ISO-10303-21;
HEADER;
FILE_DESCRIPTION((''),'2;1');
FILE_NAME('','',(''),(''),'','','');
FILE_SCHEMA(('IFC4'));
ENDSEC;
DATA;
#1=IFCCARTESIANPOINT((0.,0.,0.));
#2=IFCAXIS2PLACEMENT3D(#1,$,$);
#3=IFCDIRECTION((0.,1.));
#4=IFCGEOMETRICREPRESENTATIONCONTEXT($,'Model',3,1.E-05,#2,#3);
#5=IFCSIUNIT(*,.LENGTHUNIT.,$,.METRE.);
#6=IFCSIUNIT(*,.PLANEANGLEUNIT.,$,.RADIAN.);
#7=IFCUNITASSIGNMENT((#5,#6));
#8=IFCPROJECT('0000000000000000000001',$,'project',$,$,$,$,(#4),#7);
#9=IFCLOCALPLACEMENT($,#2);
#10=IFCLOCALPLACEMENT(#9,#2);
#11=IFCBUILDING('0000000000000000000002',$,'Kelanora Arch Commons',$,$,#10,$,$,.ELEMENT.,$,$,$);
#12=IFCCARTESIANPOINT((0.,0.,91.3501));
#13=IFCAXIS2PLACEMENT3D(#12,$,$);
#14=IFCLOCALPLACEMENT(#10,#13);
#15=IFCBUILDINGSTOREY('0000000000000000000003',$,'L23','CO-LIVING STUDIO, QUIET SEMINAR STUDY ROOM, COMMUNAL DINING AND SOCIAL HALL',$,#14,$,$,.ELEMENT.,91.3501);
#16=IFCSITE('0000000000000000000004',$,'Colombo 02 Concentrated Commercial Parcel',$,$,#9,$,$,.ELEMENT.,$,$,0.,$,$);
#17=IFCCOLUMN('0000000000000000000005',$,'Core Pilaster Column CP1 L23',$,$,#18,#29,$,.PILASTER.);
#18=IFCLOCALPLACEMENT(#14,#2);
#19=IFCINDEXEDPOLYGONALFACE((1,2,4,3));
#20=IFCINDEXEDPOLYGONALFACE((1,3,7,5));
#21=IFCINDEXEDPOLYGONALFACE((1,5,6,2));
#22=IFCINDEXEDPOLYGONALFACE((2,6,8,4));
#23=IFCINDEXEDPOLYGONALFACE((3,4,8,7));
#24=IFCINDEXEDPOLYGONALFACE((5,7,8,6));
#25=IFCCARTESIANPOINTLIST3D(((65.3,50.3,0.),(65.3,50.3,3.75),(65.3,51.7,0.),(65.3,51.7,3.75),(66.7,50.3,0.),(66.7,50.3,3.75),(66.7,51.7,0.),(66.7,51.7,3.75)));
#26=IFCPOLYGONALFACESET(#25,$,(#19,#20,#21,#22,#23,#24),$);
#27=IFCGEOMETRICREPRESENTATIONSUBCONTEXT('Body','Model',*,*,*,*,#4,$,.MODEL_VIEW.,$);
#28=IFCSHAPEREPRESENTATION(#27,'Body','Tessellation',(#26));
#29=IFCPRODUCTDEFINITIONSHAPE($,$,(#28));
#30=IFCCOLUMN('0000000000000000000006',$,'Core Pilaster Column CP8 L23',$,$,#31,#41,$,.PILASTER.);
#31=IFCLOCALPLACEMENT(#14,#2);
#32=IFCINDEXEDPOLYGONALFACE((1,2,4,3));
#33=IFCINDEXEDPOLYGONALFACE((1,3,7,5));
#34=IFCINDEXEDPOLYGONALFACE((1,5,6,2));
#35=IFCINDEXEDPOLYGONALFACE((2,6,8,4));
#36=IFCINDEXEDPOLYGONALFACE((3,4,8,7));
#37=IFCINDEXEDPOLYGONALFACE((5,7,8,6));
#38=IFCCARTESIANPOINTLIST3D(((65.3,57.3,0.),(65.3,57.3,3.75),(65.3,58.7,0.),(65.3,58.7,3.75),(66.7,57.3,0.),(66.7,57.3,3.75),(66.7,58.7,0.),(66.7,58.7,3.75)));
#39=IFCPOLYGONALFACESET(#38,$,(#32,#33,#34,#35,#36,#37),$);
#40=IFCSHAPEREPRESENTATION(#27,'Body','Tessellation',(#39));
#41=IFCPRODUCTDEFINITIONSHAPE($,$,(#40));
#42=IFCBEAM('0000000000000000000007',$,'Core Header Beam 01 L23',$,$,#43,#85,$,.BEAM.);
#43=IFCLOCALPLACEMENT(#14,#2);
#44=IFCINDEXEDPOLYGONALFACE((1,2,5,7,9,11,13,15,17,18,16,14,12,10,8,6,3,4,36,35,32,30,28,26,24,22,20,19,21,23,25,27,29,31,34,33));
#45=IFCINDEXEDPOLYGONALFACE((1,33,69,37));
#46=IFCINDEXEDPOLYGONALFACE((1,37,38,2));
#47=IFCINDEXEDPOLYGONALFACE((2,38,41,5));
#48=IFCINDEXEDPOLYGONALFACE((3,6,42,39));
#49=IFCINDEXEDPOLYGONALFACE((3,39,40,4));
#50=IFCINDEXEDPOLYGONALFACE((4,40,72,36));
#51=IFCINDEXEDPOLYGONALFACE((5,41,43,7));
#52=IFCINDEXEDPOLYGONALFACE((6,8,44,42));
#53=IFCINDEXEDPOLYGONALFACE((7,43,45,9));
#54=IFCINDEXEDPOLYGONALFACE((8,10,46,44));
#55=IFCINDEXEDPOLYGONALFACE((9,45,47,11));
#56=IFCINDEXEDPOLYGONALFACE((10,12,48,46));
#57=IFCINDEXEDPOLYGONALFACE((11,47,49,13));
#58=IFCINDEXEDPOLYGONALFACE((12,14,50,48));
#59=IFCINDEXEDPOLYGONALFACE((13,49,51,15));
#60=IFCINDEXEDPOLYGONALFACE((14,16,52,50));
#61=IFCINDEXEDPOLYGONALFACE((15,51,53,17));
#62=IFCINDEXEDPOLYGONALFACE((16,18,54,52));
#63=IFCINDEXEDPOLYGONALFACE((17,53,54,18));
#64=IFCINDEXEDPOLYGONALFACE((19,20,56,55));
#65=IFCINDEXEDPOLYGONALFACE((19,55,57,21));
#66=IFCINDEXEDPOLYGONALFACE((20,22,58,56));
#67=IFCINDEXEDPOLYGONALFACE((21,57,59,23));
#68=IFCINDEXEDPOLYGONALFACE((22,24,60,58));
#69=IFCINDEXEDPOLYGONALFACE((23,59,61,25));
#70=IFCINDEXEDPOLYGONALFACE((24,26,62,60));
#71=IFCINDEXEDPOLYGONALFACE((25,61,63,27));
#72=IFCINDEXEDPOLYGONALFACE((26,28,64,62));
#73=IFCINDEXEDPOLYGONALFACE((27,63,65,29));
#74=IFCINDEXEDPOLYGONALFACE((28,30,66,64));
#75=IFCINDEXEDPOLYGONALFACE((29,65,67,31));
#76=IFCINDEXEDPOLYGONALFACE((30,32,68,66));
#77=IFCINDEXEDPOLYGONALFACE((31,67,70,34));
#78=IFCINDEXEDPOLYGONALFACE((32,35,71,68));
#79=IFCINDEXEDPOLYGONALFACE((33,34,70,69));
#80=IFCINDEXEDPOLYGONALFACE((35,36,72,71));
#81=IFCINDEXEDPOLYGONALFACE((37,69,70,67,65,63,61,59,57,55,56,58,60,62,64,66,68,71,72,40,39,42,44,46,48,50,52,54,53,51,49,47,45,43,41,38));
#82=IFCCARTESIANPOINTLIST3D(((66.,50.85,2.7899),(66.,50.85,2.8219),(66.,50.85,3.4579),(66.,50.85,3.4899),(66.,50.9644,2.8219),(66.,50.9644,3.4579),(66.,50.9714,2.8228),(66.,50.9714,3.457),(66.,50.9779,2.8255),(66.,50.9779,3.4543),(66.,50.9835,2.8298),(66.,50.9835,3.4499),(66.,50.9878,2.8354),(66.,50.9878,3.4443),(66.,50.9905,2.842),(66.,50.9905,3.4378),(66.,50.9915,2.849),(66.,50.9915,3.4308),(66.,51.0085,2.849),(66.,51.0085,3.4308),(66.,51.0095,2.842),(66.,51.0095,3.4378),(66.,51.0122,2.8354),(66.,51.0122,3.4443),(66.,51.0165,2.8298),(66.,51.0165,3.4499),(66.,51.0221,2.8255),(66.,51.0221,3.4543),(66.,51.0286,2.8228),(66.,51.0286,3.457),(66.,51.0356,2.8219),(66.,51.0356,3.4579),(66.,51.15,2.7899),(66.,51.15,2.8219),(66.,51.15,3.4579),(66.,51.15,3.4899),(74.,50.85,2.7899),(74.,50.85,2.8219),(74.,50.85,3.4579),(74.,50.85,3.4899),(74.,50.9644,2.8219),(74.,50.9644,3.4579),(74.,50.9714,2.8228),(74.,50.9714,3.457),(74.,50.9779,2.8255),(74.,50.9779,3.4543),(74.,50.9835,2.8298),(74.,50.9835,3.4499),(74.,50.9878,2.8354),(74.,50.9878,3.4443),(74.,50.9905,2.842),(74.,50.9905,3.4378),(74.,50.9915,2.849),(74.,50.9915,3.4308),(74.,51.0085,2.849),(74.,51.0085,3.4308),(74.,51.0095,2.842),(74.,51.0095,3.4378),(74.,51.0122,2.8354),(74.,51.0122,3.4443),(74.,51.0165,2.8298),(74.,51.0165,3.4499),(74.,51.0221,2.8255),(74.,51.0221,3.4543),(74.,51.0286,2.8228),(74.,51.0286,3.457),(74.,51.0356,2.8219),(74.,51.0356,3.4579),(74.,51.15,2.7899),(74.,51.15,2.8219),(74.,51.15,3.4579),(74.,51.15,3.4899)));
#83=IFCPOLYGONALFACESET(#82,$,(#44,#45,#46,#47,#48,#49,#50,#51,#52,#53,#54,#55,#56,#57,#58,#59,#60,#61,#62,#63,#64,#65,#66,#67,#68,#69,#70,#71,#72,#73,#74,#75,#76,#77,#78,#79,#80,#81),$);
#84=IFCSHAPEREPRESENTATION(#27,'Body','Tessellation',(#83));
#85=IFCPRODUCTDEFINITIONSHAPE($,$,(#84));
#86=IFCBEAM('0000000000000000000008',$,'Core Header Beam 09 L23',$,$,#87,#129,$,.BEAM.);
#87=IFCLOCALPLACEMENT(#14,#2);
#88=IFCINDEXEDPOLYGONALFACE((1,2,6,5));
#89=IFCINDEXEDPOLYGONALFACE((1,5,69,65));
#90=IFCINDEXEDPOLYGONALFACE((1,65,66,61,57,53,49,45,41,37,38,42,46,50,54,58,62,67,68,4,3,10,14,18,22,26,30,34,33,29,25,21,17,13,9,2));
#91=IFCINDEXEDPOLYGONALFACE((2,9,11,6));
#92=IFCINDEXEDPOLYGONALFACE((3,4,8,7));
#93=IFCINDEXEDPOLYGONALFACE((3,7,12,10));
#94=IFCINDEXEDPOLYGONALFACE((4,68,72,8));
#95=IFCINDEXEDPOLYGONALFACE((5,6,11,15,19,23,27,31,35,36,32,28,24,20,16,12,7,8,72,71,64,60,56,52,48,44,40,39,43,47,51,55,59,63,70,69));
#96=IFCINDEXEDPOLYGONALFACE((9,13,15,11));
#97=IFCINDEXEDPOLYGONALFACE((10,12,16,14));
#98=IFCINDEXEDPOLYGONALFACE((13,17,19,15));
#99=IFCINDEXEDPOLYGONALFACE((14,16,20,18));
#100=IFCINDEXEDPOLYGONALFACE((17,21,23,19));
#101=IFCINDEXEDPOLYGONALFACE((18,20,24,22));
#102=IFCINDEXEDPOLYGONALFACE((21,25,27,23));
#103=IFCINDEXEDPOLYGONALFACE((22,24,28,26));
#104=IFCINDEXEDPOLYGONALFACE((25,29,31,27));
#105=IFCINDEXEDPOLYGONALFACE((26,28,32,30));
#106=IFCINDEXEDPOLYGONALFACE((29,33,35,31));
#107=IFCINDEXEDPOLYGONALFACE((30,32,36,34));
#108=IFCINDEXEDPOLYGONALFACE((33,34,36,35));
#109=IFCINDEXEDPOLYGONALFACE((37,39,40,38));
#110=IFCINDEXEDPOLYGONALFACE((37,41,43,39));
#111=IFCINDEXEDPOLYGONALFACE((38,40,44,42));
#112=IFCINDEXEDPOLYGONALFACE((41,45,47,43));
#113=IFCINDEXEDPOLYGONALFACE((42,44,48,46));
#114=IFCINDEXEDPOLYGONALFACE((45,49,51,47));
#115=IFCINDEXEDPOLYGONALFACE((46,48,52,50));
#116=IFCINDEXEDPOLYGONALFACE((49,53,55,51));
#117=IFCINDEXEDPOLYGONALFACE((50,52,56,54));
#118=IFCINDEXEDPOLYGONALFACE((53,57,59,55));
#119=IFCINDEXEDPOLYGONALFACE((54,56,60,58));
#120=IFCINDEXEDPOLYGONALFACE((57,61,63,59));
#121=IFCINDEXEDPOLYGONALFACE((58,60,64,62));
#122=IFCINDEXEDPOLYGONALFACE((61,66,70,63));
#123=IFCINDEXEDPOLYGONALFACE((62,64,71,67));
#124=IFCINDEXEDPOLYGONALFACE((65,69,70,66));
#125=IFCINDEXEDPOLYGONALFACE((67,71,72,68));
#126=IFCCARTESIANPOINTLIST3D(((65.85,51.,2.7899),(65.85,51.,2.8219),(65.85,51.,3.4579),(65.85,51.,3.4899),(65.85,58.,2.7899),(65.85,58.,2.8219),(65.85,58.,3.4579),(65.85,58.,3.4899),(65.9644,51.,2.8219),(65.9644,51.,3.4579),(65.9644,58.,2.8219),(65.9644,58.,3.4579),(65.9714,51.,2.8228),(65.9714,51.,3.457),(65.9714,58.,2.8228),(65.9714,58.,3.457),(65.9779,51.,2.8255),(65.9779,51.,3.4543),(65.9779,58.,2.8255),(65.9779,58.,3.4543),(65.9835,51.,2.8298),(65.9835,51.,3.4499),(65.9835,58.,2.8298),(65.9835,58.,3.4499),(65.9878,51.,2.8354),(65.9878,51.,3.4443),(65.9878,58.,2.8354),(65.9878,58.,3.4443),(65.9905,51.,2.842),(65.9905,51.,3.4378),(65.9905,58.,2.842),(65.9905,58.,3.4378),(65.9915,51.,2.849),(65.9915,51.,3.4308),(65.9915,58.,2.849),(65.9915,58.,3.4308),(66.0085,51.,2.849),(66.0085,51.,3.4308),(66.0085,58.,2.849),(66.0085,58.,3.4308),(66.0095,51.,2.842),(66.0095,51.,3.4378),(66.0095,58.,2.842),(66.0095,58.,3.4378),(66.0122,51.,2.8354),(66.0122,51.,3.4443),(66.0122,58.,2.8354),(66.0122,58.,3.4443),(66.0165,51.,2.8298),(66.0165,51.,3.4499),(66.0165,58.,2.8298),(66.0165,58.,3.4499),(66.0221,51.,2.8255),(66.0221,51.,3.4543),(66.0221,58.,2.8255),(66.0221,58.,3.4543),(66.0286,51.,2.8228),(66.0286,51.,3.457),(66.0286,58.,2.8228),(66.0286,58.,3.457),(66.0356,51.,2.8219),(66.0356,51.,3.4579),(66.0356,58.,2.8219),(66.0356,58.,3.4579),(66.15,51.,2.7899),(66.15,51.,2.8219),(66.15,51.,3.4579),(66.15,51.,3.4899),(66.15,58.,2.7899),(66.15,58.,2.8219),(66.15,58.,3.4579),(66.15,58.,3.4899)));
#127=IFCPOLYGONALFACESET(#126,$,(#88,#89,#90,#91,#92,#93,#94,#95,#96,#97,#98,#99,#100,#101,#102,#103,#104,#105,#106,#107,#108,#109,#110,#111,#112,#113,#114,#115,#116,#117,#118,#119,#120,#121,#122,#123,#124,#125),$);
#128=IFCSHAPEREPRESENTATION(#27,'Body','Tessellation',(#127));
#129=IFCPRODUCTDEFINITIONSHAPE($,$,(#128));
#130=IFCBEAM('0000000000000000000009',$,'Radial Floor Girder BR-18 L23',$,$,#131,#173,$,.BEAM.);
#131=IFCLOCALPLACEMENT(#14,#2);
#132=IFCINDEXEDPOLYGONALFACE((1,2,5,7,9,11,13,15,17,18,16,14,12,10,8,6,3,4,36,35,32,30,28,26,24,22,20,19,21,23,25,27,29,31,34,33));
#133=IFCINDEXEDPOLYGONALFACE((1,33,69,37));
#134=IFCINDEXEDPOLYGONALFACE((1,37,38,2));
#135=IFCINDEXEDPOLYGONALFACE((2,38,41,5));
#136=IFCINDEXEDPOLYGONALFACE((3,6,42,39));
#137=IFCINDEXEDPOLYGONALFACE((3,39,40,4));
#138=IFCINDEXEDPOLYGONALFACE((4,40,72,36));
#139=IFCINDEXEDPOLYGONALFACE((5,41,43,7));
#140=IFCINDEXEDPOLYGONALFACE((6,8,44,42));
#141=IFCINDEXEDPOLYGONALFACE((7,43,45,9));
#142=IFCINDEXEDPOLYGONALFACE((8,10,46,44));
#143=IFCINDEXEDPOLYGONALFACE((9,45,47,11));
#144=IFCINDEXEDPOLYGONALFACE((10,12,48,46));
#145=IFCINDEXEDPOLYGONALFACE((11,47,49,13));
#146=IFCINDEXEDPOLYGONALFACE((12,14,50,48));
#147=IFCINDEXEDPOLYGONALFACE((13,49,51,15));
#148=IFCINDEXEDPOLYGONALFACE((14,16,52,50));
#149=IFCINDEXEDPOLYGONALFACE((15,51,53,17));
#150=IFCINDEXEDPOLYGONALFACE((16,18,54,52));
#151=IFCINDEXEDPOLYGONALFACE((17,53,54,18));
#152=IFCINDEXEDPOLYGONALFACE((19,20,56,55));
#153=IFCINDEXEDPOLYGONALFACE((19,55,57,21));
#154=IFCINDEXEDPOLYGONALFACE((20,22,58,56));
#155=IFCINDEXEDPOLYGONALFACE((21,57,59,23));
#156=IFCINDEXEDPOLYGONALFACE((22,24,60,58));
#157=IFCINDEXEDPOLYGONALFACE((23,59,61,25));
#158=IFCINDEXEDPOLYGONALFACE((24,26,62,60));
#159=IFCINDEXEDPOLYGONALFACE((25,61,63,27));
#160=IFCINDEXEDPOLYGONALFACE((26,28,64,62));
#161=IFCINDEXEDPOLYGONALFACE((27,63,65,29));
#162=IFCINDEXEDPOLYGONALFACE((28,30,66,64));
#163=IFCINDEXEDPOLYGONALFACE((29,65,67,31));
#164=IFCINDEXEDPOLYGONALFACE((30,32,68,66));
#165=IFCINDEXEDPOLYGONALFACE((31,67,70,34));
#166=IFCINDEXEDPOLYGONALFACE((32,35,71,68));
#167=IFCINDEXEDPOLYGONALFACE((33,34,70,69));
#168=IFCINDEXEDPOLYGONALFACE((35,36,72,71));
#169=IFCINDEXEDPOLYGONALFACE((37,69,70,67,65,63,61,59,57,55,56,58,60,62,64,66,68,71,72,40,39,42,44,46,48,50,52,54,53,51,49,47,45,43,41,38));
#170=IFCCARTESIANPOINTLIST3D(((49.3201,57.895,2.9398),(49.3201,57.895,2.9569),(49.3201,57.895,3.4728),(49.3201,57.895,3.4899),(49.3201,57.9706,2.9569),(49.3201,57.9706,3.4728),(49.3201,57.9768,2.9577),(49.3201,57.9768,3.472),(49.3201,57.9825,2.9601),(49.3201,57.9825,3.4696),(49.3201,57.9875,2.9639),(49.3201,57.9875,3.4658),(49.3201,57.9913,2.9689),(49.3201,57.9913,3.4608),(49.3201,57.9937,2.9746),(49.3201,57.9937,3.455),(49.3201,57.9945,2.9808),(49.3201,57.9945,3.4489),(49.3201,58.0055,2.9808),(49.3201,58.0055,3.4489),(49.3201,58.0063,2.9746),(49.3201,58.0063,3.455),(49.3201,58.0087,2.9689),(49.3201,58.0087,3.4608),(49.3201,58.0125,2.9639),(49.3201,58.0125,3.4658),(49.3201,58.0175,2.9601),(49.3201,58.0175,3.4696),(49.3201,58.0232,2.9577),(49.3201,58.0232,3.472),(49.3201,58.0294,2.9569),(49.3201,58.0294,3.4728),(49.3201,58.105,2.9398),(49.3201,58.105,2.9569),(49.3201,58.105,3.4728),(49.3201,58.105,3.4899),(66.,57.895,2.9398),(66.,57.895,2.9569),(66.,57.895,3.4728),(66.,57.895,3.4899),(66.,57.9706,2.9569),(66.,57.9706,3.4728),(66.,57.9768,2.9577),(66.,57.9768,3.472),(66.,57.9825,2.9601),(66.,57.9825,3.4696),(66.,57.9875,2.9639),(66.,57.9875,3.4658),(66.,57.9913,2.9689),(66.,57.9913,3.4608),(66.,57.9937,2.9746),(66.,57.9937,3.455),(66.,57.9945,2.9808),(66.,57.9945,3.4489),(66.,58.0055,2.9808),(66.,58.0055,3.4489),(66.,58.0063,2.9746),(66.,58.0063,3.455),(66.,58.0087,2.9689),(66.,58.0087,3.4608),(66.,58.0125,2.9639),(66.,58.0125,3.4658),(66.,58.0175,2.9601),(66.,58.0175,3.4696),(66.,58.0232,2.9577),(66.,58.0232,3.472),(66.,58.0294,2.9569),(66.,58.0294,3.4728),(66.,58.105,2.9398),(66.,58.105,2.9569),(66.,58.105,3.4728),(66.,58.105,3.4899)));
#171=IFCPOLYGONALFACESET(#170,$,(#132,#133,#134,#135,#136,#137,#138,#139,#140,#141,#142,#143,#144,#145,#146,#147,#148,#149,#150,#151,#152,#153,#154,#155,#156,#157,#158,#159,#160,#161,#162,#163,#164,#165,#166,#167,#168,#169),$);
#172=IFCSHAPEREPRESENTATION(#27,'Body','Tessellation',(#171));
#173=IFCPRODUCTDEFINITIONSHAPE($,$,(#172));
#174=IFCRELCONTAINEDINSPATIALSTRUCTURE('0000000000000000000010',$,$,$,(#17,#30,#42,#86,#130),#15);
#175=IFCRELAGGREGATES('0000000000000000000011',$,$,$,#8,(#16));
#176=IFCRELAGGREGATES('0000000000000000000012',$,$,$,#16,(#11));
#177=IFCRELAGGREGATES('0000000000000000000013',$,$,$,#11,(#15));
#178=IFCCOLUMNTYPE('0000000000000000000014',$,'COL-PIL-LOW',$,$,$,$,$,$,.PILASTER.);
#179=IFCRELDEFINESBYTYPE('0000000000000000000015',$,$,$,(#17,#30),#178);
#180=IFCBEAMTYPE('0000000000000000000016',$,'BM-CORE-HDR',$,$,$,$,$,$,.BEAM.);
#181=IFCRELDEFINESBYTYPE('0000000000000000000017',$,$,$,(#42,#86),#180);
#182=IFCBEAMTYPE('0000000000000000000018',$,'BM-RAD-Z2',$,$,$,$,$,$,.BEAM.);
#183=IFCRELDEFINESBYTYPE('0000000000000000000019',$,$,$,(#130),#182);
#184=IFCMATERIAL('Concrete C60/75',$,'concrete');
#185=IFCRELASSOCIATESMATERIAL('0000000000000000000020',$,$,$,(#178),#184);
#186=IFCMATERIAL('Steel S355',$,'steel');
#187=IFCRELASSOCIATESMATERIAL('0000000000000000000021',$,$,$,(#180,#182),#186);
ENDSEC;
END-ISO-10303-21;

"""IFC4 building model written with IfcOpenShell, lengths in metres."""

from ifc_helpers import new_model, si_unit, direction, frame, origin, origin_2d, place, context, subcontext, project, spatial, rectangle, i_section, extrude, material, material_profile, profile_set, type_object, element, save


model = new_model("IFC4")

# Units and contexts
model_context = context("Model", 3, precision=1e-05, world=origin(), true_north=direction((0.0, 1.0)))
body_context = subcontext(model_context, "Body", "Model", "MODEL_VIEW")
ifc_project = project(units=[si_unit("LENGTHUNIT", "METRE"), si_unit("PLANEANGLEUNIT", "RADIAN")], contexts=[model_context])

# Site, building, storey
site_placement = place(None, origin())
site = spatial("IfcSite", under=ifc_project, at=site_placement, Name="Colombo 02 Concentrated Commercial Parcel", CompositionType="ELEMENT", RefElevation=0.0)
building_placement = place(site_placement, origin())
building = spatial("IfcBuilding", under=site, at=building_placement, Name="Kelanora Arch Commons", CompositionType="ELEMENT")
storey_placement = place(building_placement, frame((0.0, 0.0, 91.3501)))
storey = spatial("IfcBuildingStorey", under=building, at=storey_placement, Name="L23", Description="CO-LIVING STUDIO, QUIET SEMINAR STUDY ROOM, COMMUNAL DINING AND SOCIAL HALL", CompositionType="ELEMENT", Elevation=91.3501)

# Columns
ifc_material_1 = material(Name="Concrete C60/75", Category="concrete")
ifc_material_profile_1 = material_profile(ifc_material_1, rectangle(XDim=1.3999, YDim=1.3999, at=origin_2d()), Name="RC1400x1400")
ifc_profile_set_1 = profile_set([ifc_material_profile_1], Name="Concrete C60/75")
column_type = type_object("IfcColumnType", Name="COL-PIL-LOW", PredefinedType="PILASTER", material=ifc_profile_set_1)
for number, where, z_axis, x_axis, name in (
    (1, (66.0, 51.0, 0.0), (0.0, 0.0, 1.0), (1.0, 0.0, 0.0), "Core Pilaster Column CP1 L23"),
    (2, (66.0, 58.0, 0.0), (0.0, 0.0, 1.0), (1.0, 0.0, 0.0), "Core Pilaster Column CP8 L23"),
):
    element("IfcColumn", number, at=place(storey_placement, frame(where, z_axis=z_axis, x_axis=x_axis)), inside=storey, type_object=column_type, Name=name, PredefinedType="PILASTER", context=body_context, shape_type="SweptSolid", body=[
        extrude(rectangle(XDim=1.3999, YDim=1.3999, at=origin_2d()), origin(), (0.0, 0.0, 1.0), 3.75),
    ])

# Beams
ifc_material_2 = material(Name="Steel S355", Category="steel")
ifc_material_profile_2 = material_profile(ifc_material_2, i_section(OverallWidth=0.3, OverallDepth=0.7, WebThickness=0.0171, FlangeThickness=0.032, FilletRadius=0.0271, at=origin_2d()), Name="HEB700")
ifc_profile_set_2 = profile_set([ifc_material_profile_2], Name="Steel S355")
beam_type_1 = type_object("IfcBeamType", Name="BM-CORE-HDR", PredefinedType="BEAM", material=ifc_profile_set_2)
beam_1_placement = place(storey_placement, frame((66.0, 51.0, 3.1399), z_axis=(1.0, 0.0, 0.0), x_axis=(0.0, 1.0, 0.0)))
element("IfcBeam", 3, at=beam_1_placement, inside=storey, type_object=beam_type_1, Name="Core Header Beam 01 L23", PredefinedType="BEAM", context=body_context, shape_type="SweptSolid", body=[
    extrude(i_section(OverallWidth=0.3, OverallDepth=0.7, WebThickness=0.0171, FlangeThickness=0.032, FilletRadius=0.0271, at=origin_2d()), origin(), (0.0, 0.0, 1.0), 8.0),
])
beam_2_placement = place(storey_placement, frame((66.0, 58.0, 3.1399), z_axis=(0.0, -1.0, 0.0), x_axis=(1.0, 0.0, 0.0)))
element("IfcBeam", 4, at=beam_2_placement, inside=storey, type_object=beam_type_1, Name="Core Header Beam 09 L23", PredefinedType="BEAM", context=body_context, shape_type="SweptSolid", body=[
    extrude(i_section(OverallWidth=0.3, OverallDepth=0.7, WebThickness=0.0171, FlangeThickness=0.032, FilletRadius=0.0271, at=origin_2d()), origin(), (0.0, 0.0, 1.0), 7.0),
])
ifc_material_profile_3 = material_profile(ifc_material_2, i_section(OverallWidth=0.21, OverallDepth=0.55, WebThickness=0.011, FlangeThickness=0.0171, FilletRadius=0.0239, at=origin_2d()), Name="IPE550")
ifc_profile_set_3 = profile_set([ifc_material_profile_3], Name="Steel S355")
beam_type_2 = type_object("IfcBeamType", Name="BM-RAD-Z2", PredefinedType="BEAM", material=ifc_profile_set_3)
beam_3_placement = place(storey_placement, frame((66.0, 58.0, 3.2148), z_axis=(-1.0, 0.0, 0.0), x_axis=(0.0, -1.0, 0.0)))
element("IfcBeam", 5, at=beam_3_placement, inside=storey, type_object=beam_type_2, Name="Radial Floor Girder BR-18 L23", PredefinedType="BEAM", context=body_context, shape_type="SweptSolid", body=[
    extrude(i_section(OverallWidth=0.21, OverallDepth=0.55, WebThickness=0.011, FlangeThickness=0.0171, FilletRadius=0.0239, at=origin_2d()), origin(), (0.0, 0.0, 1.0), 16.6799),
])

save(model, "model.ifc")
